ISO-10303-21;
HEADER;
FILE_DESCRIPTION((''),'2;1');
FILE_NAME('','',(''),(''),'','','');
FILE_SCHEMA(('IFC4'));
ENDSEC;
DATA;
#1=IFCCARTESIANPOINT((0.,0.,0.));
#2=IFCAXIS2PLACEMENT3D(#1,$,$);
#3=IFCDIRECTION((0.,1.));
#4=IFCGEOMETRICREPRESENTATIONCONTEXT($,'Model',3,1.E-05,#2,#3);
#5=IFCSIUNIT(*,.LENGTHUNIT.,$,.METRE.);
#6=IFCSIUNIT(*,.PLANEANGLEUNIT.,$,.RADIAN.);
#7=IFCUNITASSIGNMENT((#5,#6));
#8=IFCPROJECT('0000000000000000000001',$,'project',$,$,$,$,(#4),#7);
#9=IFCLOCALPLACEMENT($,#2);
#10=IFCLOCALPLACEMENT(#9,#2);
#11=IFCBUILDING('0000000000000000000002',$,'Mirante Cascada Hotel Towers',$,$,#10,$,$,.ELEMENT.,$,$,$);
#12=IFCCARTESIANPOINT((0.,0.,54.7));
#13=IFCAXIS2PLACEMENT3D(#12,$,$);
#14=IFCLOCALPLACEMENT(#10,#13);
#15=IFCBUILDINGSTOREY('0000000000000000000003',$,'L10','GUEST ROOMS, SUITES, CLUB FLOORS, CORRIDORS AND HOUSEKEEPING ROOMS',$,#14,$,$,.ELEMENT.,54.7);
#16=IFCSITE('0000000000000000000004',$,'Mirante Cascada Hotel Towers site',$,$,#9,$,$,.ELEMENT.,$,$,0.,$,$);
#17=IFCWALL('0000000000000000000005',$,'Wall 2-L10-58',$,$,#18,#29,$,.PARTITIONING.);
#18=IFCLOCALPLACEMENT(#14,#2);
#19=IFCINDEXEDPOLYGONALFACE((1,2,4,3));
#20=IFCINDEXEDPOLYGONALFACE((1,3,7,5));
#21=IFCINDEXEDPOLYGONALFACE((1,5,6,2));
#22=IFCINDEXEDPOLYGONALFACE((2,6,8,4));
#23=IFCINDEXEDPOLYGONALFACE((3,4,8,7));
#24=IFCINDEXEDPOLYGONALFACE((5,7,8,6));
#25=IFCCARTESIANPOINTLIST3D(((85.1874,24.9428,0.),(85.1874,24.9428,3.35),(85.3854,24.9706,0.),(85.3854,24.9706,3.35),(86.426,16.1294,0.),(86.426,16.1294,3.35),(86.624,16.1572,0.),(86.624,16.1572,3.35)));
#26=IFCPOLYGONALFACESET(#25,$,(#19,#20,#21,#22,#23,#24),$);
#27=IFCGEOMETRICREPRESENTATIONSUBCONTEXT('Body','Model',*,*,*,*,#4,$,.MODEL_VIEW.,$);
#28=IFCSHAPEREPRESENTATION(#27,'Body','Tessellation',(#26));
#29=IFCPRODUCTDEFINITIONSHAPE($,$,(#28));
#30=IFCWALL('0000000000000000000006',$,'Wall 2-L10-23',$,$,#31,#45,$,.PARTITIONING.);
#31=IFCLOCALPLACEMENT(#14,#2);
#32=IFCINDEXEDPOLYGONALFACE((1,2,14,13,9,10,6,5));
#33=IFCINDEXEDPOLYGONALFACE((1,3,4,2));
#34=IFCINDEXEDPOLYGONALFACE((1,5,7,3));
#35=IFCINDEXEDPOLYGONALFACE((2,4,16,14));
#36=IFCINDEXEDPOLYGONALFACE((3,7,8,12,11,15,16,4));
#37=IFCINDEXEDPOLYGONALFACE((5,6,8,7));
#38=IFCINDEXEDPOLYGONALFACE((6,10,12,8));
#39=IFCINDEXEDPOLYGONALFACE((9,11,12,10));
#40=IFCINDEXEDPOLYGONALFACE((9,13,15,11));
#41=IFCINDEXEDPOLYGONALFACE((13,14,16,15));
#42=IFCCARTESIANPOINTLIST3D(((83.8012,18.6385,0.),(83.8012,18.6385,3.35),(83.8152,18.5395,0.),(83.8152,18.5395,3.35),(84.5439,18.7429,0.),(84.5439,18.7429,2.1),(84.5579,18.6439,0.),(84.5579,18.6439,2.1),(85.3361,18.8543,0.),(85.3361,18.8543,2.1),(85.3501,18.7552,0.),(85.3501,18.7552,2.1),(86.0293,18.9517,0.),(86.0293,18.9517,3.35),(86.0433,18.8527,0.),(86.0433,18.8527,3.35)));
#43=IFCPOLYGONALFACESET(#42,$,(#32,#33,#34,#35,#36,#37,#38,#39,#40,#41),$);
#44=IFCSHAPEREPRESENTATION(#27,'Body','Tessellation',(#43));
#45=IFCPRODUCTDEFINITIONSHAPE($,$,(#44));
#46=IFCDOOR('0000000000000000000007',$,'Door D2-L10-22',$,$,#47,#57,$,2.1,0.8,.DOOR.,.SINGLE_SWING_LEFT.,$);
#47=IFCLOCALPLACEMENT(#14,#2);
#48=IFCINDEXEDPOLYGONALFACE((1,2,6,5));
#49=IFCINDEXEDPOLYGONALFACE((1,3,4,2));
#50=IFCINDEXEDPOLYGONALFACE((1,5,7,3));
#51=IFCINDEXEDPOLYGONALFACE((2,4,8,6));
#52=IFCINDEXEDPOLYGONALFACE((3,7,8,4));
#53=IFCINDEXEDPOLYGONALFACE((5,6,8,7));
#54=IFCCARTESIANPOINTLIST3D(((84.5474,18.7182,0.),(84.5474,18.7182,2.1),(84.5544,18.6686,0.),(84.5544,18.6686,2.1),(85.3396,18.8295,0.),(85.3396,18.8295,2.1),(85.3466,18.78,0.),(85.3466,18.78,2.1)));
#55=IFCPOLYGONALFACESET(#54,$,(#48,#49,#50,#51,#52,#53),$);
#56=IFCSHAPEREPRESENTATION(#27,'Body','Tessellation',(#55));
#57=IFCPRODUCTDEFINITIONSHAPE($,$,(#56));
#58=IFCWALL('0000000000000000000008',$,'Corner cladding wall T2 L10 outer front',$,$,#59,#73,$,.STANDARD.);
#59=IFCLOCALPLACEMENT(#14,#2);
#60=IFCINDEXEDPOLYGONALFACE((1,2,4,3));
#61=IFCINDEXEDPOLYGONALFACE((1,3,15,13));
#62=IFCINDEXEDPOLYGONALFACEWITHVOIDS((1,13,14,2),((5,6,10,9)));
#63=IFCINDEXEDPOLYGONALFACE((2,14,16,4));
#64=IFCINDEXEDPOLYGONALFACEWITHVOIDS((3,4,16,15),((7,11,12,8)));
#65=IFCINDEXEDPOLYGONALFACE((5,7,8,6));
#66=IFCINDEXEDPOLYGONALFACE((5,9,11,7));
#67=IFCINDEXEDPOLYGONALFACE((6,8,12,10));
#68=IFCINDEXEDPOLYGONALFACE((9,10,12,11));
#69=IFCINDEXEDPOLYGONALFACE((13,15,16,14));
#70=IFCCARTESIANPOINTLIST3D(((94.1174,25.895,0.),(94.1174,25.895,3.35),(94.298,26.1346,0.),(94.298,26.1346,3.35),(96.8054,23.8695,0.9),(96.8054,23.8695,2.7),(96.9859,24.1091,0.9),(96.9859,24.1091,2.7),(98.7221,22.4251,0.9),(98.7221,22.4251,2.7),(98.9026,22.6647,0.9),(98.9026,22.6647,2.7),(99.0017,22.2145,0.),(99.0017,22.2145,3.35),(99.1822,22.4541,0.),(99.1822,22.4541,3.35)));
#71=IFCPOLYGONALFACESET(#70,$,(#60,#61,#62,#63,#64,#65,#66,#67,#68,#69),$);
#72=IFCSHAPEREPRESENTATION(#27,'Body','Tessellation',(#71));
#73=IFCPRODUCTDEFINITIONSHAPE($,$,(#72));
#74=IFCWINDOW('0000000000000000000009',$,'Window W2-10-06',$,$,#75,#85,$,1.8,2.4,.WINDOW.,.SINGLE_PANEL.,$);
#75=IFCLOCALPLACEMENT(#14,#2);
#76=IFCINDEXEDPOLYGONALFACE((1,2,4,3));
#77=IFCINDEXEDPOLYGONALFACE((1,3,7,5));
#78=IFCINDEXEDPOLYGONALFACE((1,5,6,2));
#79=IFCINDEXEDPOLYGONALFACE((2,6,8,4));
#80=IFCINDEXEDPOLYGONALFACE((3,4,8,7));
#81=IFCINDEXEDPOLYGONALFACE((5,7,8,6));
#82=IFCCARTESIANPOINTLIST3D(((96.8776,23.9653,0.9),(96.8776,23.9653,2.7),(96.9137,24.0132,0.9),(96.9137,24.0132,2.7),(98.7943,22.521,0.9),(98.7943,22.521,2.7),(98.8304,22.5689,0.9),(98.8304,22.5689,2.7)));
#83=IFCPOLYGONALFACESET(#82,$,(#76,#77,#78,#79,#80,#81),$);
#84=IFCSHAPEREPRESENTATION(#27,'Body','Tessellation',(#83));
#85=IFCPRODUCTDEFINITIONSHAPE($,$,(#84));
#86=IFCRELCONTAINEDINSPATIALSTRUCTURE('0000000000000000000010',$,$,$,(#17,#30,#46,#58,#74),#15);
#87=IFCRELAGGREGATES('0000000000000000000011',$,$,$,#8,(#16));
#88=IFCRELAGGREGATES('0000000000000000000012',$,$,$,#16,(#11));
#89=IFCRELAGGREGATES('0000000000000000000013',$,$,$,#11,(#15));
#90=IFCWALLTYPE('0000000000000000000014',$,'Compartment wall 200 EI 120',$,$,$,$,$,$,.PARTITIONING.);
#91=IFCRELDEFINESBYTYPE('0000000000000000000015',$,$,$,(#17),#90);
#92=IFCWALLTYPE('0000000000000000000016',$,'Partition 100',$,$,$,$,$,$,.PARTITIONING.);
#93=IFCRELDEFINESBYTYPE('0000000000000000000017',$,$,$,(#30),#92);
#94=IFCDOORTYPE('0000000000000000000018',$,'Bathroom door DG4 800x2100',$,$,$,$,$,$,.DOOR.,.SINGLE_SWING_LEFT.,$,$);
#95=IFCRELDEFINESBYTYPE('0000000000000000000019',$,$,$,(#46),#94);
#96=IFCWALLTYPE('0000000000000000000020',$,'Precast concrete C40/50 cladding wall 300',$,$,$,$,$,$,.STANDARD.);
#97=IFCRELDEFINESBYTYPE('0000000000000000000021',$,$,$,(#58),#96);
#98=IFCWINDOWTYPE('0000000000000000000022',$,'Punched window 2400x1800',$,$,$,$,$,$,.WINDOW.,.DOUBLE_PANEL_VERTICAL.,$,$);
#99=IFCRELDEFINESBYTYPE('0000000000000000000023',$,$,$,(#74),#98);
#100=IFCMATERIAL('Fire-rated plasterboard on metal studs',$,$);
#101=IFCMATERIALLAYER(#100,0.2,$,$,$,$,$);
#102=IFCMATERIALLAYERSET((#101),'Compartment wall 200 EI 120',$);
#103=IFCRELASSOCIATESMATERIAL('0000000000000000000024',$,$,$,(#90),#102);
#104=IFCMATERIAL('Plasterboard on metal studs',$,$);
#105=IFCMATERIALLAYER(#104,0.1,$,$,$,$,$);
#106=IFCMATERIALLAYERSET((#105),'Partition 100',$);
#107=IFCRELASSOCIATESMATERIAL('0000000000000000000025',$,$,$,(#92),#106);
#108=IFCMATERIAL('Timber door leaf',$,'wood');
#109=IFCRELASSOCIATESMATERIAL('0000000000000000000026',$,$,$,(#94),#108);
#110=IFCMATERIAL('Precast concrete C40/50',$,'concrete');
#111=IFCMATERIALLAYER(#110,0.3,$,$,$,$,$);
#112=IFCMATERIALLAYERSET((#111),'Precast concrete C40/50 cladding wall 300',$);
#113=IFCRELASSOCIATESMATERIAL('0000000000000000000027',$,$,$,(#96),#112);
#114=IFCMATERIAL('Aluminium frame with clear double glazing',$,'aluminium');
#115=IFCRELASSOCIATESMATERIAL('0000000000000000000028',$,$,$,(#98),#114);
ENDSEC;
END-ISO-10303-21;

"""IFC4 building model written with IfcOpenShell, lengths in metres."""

from ifc_helpers import new_model, si_unit, direction, frame, frame_2d, origin, place, context, subcontext, project, spatial, rectangle, extrude, material, layer, layer_set, type_object, element, fill, save


model = new_model("IFC4")

# Units and contexts
model_context = context("Model", 3, precision=1e-05, world=origin(), true_north=direction((0.0, 1.0)))
body_context = subcontext(model_context, "Body", "Model", "MODEL_VIEW")
ifc_project = project(units=[si_unit("LENGTHUNIT", "METRE"), si_unit("PLANEANGLEUNIT", "RADIAN")], contexts=[model_context])

# Site, building, storey
site_placement = place(None, origin())
site = spatial("IfcSite", under=ifc_project, at=site_placement, Name="Mirante Cascada Hotel Towers site", CompositionType="ELEMENT", RefElevation=0.0)
building_placement = place(site_placement, origin())
building = spatial("IfcBuilding", under=site, at=building_placement, Name="Mirante Cascada Hotel Towers", CompositionType="ELEMENT")
storey_placement = place(building_placement, frame((0.0, 0.0, 54.7)))
storey = spatial("IfcBuildingStorey", under=building, at=storey_placement, Name="L10", Description="GUEST ROOMS, SUITES, CLUB FLOORS, CORRIDORS AND HOUSEKEEPING ROOMS", CompositionType="ELEMENT", Elevation=54.7)

# Wall
ifc_material_1 = material(Name="Fire-rated plasterboard on metal studs")
ifc_layer_1 = layer(ifc_material_1, 0.2)
ifc_layer_set_1 = layer_set([ifc_layer_1], Name="Compartment wall 200 EI 120")
wall_type_1 = type_object("IfcWallType", Name="Compartment wall 200 EI 120", PredefinedType="PARTITIONING", material=ifc_layer_set_1)
wall_1_placement = place(storey_placement, frame((85.2864, 24.9567, 0.0), z_axis=(0.0, 0.0, 1.0), x_axis=(0.139168, -0.990269, 0.0)))
element("IfcWall", 1, at=wall_1_placement, inside=storey, type_object=wall_type_1, Name="Wall 2-L10-58", PredefinedType="PARTITIONING", context=body_context, shape_type="SweptSolid", body=[
    extrude(rectangle(XDim=8.9, YDim=0.2, at=frame_2d((4.45, 0.0))), origin(), (0.0, 0.0, 1.0), 3.35),
])

# Wall, opening, door
ifc_material_2 = material(Name="Plasterboard on metal studs")
ifc_layer_2 = layer(ifc_material_2, 0.1)
ifc_layer_set_2 = layer_set([ifc_layer_2], Name="Partition 100")
wall_type_2 = type_object("IfcWallType", Name="Partition 100", PredefinedType="PARTITIONING", material=ifc_layer_set_2)
wall_2_placement = place(storey_placement, frame((83.8082, 18.589, 0.0), z_axis=(0.0, 0.0, 1.0), x_axis=(0.990264, 0.1392, 0.0)))
wall_2 = element("IfcWall", 2, at=wall_2_placement, inside=storey, type_object=wall_type_2, Name="Wall 2-L10-23", PredefinedType="PARTITIONING", context=body_context, shape_type="SweptSolid", body=[
    extrude(rectangle(XDim=2.25, YDim=0.1, at=frame_2d((1.125, 0.0))), origin(), (0.0, 0.0, 1.0), 3.35),
])
opening_1_placement = place(wall_2_placement, frame((0.75, 0.0, 0.0)))
opening_1 = element("IfcOpeningElement", 3, at=opening_1_placement, cuts=wall_2, PredefinedType="OPENING", context=body_context, shape_type="SweptSolid", body=[
    extrude(rectangle(XDim=0.8, YDim=2.1, at=frame_2d((0.4, 1.05))), frame((0.0, 0.05, 0.0), z_axis=(0.0, -1.0, 0.0), x_axis=(1.0, 0.0, 0.0)), (0.0, 0.0, 1.0), 0.1),
])
ifc_material_3 = material(Name="Timber door leaf", Category="wood")
door_type = type_object("IfcDoorType", Name="Bathroom door DG4 800x2100", OperationType="SINGLE_SWING_LEFT", PredefinedType="DOOR", material=ifc_material_3)
door_placement = place(opening_1_placement, origin())
door = element("IfcDoor", 4, at=door_placement, inside=storey, type_object=door_type, Name="Door D2-L10-22", OperationType="SINGLE_SWING_LEFT", OverallHeight=2.1, OverallWidth=0.8, PredefinedType="DOOR", context=body_context, shape_type="SweptSolid", body=[
    extrude(rectangle(XDim=0.8, YDim=2.1, at=frame_2d((0.4, 1.05))), frame((0.0, 0.025, 0.0), z_axis=(0.0, -1.0, 0.0), x_axis=(1.0, 0.0, 0.0)), (0.0, 0.0, 1.0), 0.05),
])
fill(opening_1, door)

# Wall, opening, window
ifc_material_4 = material(Name="Precast concrete C40/50", Category="concrete")
ifc_layer_3 = layer(ifc_material_4, 0.3)
ifc_layer_set_3 = layer_set([ifc_layer_3], Name="Precast concrete C40/50 cladding wall 300")
wall_type_3 = type_object("IfcWallType", Name="Precast concrete C40/50 cladding wall 300", PredefinedType="STANDARD", material=ifc_layer_set_3)
wall_3_placement = place(storey_placement, frame((99.0919, 22.3343, 0.0), z_axis=(0.0, 0.0, 1.0), x_axis=(-0.798636, 0.601814, 0.0)))
wall_3 = element("IfcWall", 5, at=wall_3_placement, inside=storey, type_object=wall_type_3, Name="Corner cladding wall T2 L10 outer front", PredefinedType="STANDARD", context=body_context, shape_type="SweptSolid", body=[
    extrude(rectangle(XDim=6.1157, YDim=0.3, at=frame_2d((3.0578, 0.0))), origin(), (0.0, 0.0, 1.0), 3.35),
])
opening_2_placement = place(wall_3_placement, frame((0.35, 0.0, 0.9)))
opening_2 = element("IfcOpeningElement", 6, at=opening_2_placement, cuts=wall_3, PredefinedType="OPENING", context=body_context, shape_type="SweptSolid", body=[
    extrude(rectangle(XDim=2.4, YDim=1.8, at=frame_2d((1.2, 0.9))), frame((0.0, 0.15, 0.0), z_axis=(0.0, -1.0, 0.0), x_axis=(1.0, 0.0, 0.0)), (0.0, 0.0, 1.0), 0.3),
])
ifc_material_5 = material(Name="Aluminium frame with clear double glazing", Category="aluminium")
window_type = type_object("IfcWindowType", Name="Punched window 2400x1800", PartitioningType="DOUBLE_PANEL_VERTICAL", PredefinedType="WINDOW", material=ifc_material_5)
window_placement = place(opening_2_placement, origin())
window = element("IfcWindow", 7, at=window_placement, inside=storey, type_object=window_type, Name="Window W2-10-06", OverallHeight=1.8, OverallWidth=2.4, PartitioningType="SINGLE_PANEL", PredefinedType="WINDOW", context=body_context, shape_type="SweptSolid", body=[
    extrude(rectangle(XDim=2.4, YDim=1.8, at=frame_2d((1.2, 0.9))), frame((0.0, 0.03, 0.0), z_axis=(0.0, -1.0, 0.0), x_axis=(1.0, 0.0, 0.0)), (0.0, 0.0, 1.0), 0.06),
])
fill(opening_2, window)

save(model, "model.ifc")
